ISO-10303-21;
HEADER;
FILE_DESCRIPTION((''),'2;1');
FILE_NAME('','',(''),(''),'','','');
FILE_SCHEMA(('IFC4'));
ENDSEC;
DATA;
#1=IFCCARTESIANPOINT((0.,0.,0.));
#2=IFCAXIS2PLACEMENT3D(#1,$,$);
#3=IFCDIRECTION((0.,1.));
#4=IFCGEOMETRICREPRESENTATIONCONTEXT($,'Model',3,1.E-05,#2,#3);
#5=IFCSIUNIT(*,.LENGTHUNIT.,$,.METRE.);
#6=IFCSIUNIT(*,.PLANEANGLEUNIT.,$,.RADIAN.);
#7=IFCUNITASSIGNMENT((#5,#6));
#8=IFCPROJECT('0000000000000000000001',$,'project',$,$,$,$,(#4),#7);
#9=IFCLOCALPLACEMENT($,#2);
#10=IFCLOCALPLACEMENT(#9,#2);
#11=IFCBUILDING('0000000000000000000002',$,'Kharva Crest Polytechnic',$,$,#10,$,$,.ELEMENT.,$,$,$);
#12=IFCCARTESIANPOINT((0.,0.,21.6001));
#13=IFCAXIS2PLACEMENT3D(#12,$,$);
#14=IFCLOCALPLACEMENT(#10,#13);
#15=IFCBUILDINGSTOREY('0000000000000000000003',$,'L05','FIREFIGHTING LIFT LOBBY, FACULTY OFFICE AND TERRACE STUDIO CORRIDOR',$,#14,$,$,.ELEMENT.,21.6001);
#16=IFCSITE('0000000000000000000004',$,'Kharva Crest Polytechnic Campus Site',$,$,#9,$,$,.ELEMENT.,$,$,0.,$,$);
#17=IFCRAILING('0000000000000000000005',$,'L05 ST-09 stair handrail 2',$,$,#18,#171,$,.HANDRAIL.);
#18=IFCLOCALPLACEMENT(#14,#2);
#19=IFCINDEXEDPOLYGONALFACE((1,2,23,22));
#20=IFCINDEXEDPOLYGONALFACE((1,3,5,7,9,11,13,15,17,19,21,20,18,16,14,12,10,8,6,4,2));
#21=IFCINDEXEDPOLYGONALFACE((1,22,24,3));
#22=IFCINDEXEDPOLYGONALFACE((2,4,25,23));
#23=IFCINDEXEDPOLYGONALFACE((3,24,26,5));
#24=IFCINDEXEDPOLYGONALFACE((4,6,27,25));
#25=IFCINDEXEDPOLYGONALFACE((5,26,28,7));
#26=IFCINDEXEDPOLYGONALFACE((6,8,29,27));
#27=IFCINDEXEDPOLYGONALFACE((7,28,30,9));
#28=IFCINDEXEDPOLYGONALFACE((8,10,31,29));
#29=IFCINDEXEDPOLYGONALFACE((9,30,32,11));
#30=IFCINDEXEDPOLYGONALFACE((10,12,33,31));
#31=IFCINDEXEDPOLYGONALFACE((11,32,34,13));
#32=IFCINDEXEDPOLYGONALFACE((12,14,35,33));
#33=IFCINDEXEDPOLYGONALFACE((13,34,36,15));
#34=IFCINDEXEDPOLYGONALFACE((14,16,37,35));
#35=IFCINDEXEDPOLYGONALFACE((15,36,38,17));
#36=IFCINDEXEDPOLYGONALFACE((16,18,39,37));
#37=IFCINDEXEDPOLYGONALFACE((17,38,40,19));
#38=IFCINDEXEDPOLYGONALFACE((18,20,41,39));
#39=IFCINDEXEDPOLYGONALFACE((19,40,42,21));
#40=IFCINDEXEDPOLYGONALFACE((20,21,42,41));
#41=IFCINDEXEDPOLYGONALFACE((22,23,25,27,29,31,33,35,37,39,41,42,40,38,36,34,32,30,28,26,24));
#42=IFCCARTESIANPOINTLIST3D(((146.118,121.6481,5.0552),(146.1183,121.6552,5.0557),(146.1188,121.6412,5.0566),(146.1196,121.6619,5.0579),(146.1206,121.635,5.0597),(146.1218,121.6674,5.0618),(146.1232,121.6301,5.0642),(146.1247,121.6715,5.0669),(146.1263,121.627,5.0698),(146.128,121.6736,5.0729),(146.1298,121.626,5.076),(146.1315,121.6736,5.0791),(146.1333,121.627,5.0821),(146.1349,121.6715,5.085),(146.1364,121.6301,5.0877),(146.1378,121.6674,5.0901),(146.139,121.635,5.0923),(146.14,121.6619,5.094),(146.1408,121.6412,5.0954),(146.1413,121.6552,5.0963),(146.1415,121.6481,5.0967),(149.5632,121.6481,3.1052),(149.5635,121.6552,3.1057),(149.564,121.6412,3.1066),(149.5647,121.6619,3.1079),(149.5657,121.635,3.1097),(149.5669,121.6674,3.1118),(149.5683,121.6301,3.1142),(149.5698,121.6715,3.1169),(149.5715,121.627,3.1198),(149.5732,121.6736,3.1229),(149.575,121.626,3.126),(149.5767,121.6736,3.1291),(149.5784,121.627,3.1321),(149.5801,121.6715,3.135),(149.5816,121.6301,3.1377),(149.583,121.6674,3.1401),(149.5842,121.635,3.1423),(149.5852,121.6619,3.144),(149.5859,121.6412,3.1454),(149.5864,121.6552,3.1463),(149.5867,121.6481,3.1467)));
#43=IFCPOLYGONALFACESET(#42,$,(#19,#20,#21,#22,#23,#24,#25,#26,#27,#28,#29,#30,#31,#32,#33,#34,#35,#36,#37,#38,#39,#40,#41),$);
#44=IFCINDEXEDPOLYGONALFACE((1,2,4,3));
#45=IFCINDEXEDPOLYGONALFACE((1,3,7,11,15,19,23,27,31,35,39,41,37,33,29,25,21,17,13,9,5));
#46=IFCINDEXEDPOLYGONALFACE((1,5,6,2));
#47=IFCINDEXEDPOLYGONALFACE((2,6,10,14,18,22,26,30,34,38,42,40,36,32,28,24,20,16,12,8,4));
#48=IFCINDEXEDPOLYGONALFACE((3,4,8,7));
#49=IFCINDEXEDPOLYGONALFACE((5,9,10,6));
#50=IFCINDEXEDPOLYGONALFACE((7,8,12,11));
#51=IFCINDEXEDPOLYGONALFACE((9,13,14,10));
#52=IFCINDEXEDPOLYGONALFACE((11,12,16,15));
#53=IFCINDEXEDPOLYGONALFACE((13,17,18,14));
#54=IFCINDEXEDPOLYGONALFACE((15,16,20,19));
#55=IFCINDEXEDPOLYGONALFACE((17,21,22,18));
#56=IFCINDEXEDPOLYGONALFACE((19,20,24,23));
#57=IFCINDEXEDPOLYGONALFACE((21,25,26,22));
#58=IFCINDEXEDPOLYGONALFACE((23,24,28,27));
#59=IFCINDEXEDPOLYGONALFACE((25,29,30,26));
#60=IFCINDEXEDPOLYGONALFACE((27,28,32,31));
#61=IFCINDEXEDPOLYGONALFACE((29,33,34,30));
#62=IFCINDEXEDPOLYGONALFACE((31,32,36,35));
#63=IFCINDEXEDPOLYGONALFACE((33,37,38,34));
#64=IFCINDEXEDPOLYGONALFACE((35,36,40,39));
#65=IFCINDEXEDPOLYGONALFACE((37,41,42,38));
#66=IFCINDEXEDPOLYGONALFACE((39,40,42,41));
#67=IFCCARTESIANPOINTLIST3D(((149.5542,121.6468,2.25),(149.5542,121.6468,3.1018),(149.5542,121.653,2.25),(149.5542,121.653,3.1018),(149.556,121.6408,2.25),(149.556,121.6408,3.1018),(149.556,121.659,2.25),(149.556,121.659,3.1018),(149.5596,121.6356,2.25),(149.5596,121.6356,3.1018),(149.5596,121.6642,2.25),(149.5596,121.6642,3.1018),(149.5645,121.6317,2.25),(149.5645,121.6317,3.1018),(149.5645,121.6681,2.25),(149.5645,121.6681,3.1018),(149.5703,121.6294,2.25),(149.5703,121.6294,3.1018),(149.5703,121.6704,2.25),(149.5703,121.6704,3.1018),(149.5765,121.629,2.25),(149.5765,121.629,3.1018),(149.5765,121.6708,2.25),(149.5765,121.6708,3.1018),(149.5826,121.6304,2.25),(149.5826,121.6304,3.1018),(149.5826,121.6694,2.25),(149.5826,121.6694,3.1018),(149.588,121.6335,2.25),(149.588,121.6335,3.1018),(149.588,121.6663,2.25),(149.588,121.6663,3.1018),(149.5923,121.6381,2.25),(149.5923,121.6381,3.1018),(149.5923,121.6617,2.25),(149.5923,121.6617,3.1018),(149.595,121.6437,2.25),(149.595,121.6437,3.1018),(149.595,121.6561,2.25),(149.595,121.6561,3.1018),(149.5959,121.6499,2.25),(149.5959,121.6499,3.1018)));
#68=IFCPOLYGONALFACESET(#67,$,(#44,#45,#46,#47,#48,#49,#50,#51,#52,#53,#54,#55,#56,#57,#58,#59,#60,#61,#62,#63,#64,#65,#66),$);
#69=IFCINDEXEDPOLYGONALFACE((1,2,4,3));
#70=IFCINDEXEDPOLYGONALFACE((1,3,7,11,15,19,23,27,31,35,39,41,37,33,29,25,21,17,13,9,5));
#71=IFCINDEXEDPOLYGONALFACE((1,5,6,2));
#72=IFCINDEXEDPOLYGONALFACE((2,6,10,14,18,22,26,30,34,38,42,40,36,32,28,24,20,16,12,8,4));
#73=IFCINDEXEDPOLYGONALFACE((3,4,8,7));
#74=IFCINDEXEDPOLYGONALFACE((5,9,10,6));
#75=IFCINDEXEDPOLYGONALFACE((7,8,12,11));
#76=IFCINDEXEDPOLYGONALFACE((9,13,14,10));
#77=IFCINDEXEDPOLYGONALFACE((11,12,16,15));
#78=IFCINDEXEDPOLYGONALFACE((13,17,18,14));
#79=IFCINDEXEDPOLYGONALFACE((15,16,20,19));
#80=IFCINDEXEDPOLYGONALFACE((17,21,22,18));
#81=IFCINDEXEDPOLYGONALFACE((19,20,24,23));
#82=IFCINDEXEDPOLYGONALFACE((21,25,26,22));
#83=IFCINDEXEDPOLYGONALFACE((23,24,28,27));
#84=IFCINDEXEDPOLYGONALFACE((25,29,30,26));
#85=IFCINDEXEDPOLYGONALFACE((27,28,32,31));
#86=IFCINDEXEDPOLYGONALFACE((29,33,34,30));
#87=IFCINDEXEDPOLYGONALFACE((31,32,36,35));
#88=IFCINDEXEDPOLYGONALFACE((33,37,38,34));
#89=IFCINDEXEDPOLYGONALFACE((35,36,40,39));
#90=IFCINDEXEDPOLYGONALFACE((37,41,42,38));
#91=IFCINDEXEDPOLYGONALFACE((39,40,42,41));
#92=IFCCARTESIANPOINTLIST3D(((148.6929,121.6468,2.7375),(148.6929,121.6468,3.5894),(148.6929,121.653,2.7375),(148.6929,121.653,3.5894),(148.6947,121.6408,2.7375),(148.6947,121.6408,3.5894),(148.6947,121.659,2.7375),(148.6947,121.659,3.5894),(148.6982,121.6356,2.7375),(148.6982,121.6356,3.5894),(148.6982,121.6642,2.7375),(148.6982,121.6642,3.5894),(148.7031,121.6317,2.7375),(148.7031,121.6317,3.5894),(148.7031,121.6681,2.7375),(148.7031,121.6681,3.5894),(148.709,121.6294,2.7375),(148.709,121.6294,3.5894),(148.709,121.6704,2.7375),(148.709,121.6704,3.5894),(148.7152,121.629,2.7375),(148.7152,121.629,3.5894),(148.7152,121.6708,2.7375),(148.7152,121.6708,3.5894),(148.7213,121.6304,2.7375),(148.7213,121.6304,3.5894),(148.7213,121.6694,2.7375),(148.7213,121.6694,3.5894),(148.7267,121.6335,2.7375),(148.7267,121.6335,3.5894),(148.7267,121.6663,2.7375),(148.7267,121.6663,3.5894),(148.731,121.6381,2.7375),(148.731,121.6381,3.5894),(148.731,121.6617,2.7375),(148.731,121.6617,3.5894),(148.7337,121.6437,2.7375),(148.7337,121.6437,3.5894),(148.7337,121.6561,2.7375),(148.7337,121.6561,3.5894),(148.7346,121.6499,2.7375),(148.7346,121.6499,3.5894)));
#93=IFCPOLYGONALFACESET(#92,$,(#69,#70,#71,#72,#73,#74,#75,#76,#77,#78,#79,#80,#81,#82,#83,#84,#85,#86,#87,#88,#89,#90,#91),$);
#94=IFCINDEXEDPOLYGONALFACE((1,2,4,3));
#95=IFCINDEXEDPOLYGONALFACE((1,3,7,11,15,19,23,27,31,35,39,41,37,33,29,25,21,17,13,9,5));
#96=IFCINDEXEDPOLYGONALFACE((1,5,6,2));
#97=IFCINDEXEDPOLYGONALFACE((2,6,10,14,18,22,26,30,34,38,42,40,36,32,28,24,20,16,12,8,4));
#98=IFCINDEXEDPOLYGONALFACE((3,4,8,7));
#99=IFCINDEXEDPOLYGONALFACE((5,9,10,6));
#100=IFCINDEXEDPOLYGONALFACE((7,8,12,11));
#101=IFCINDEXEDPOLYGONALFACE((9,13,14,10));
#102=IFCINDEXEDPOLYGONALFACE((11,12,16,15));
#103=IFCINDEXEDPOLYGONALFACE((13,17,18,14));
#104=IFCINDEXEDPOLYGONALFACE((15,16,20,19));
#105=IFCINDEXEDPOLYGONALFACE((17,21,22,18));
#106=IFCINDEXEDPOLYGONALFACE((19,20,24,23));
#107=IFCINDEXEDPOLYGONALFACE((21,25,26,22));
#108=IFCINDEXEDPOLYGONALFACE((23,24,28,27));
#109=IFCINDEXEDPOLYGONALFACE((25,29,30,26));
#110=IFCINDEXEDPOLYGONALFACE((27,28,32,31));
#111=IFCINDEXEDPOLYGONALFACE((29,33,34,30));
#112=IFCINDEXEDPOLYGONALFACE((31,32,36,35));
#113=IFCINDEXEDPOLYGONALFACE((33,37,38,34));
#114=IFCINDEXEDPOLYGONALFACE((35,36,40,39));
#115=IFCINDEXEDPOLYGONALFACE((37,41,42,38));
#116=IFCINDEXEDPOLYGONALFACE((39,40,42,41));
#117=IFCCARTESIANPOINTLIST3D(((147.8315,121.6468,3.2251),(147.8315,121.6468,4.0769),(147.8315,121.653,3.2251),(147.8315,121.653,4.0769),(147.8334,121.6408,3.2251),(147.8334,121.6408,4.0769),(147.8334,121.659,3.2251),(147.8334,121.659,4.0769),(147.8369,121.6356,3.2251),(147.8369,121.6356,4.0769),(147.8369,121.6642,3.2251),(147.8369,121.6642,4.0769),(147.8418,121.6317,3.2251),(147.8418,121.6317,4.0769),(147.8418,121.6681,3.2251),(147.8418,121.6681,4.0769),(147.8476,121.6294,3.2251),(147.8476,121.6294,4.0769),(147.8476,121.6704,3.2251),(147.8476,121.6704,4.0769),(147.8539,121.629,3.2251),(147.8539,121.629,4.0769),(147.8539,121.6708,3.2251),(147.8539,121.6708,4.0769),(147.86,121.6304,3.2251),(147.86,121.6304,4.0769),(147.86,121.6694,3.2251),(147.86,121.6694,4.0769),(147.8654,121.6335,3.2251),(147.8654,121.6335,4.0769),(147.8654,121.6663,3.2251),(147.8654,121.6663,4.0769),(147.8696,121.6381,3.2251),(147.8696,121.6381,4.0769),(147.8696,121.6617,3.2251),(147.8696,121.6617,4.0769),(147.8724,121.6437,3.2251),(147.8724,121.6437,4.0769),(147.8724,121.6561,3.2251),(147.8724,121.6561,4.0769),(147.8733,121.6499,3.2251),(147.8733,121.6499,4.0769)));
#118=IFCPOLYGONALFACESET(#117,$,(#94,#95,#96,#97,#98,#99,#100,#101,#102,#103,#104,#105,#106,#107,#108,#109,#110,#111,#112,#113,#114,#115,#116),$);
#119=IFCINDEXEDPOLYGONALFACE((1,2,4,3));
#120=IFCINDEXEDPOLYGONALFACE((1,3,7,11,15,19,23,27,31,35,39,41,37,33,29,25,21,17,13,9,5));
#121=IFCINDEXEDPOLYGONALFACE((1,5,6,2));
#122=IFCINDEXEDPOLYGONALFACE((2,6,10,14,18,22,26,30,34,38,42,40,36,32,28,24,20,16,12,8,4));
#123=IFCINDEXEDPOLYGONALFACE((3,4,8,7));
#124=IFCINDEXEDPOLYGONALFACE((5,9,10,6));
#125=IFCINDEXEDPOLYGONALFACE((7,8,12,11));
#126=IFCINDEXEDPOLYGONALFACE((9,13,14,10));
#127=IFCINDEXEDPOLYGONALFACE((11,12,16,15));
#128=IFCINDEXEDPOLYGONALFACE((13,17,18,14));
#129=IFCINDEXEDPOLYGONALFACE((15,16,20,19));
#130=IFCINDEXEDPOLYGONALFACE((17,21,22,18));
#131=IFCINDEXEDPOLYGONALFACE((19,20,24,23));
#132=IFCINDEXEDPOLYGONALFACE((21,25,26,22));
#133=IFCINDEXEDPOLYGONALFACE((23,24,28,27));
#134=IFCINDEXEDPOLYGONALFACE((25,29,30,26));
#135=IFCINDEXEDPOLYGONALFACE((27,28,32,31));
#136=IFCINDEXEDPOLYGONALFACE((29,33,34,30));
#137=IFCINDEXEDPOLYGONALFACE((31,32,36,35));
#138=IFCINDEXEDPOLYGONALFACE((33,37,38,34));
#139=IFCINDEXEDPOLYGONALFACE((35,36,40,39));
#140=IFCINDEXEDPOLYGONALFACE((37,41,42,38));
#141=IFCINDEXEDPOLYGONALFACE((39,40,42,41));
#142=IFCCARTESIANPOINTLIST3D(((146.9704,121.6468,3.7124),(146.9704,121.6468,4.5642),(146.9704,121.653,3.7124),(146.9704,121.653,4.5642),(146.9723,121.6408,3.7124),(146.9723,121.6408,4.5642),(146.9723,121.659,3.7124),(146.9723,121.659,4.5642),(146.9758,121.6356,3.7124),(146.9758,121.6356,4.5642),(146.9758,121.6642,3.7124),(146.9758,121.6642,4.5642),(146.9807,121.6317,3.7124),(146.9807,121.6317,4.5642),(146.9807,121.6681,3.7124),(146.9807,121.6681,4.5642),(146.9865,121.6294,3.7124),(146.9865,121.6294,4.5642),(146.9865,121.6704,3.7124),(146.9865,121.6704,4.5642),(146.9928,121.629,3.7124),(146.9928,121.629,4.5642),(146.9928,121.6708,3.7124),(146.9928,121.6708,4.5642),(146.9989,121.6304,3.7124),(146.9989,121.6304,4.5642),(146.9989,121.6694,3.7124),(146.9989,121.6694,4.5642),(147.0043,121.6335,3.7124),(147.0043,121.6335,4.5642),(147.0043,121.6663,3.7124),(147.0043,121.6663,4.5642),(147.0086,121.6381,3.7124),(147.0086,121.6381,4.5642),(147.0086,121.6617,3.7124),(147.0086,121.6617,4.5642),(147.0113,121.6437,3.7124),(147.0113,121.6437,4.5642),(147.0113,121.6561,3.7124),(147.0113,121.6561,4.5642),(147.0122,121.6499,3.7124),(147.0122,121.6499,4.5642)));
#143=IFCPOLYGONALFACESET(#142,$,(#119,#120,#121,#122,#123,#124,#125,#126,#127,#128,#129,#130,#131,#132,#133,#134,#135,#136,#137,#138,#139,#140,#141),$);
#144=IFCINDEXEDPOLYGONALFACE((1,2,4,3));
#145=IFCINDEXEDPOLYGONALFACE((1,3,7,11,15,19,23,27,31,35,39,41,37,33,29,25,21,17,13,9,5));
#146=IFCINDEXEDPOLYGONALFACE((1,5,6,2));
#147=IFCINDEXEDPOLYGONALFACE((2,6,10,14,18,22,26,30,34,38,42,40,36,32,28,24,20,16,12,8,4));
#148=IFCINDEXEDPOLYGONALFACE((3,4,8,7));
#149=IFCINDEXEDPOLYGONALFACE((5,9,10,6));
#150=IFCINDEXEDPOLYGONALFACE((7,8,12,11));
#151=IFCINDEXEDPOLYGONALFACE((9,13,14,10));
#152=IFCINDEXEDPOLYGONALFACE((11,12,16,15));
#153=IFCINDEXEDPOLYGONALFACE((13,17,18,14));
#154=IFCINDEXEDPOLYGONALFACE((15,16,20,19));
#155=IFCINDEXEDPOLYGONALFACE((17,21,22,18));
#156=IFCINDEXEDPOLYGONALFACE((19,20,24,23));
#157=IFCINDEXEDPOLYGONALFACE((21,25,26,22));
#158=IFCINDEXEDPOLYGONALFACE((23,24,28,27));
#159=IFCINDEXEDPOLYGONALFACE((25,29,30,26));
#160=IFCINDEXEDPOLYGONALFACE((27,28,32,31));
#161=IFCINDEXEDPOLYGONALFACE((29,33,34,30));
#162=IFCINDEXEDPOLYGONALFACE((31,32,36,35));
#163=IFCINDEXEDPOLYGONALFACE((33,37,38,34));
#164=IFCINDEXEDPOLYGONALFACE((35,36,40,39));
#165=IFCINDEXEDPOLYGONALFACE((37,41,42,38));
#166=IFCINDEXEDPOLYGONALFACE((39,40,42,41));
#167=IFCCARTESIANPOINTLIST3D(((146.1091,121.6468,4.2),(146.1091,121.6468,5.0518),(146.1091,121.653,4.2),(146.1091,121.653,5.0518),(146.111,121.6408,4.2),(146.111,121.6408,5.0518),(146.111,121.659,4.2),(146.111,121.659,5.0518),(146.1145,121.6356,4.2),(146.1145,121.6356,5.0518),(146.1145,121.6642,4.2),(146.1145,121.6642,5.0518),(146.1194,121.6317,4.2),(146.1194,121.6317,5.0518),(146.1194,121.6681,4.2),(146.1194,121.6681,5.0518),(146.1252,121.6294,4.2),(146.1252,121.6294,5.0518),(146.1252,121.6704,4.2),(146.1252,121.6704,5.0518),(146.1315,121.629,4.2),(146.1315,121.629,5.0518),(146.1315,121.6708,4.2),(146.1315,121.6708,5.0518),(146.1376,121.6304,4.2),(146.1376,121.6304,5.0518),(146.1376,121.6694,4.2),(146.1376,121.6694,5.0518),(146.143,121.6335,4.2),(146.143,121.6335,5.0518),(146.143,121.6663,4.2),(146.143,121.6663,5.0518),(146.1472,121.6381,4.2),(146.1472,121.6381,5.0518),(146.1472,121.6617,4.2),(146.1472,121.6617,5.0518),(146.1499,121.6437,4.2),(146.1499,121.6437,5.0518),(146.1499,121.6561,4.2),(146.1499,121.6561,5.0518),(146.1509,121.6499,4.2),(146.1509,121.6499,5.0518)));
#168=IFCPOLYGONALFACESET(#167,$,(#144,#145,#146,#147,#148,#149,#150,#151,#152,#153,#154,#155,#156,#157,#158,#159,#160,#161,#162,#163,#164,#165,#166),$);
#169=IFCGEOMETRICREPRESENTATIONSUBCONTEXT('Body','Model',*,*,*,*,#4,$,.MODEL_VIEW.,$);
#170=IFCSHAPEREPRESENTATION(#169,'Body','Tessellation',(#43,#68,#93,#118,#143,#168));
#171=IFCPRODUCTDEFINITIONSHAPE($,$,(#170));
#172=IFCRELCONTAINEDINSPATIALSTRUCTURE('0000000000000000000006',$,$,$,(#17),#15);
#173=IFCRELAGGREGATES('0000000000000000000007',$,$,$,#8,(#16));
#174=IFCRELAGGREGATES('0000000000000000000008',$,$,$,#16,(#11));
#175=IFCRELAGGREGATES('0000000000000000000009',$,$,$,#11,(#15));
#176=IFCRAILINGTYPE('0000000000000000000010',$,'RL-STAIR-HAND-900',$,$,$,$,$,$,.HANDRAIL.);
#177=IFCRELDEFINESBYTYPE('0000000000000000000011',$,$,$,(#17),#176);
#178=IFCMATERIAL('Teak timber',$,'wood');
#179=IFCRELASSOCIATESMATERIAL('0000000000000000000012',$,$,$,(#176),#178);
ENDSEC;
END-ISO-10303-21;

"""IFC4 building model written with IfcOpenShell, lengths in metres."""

from ifc_helpers import new_model, si_unit, direction, frame, origin, origin_2d, place, context, subcontext, project, spatial, circle, extrude, material, type_object, element, save


model = new_model("IFC4")

# Units and contexts
model_context = context("Model", 3, precision=1e-05, world=origin(), true_north=direction((0.0, 1.0)))
body_context = subcontext(model_context, "Body", "Model", "MODEL_VIEW")
ifc_project = project(units=[si_unit("LENGTHUNIT", "METRE"), si_unit("PLANEANGLEUNIT", "RADIAN")], contexts=[model_context])

# Site, building, storey
site_placement = place(None, origin())
site = spatial("IfcSite", under=ifc_project, at=site_placement, Name="Kharva Crest Polytechnic Campus Site", CompositionType="ELEMENT", RefElevation=0.0)
building_placement = place(site_placement, origin())
building = spatial("IfcBuilding", under=site, at=building_placement, Name="Kharva Crest Polytechnic", CompositionType="ELEMENT")
storey_placement = place(building_placement, frame((0.0, 0.0, 21.6001)))
storey = spatial("IfcBuildingStorey", under=building, at=storey_placement, Name="L05", Description="FIREFIGHTING LIFT LOBBY, FACULTY OFFICE AND TERRACE STUDIO CORRIDOR", CompositionType="ELEMENT", Elevation=21.6001)

# Shared definitions
ifc_material_1 = material(Name="Teak timber", Category="wood")

# Railing
railing_type_1 = type_object("IfcRailingType", Name="RL-STAIR-HAND-900", PredefinedType="HANDRAIL", material=ifc_material_1)
railing_1_placement = place(storey_placement, frame((149.575, 121.6499, 2.25)))
element("IfcRailing", 1, at=railing_1_placement, inside=storey, type_object=railing_type_1, Name="L05 ST-09 stair handrail 2", PredefinedType="HANDRAIL", context=body_context, shape_type="SweptSolid", body=[
    extrude(circle(Radius=0.0239, at=origin_2d()), frame((0.0, 0.0, 0.876), z_axis=(-0.870266, 0.0, 0.492581), x_axis=(0.0, -1.0, 0.0)), (0.0, 0.0, 1.0), 3.9587),
    extrude(circle(Radius=0.021, at=origin_2d()), origin(), (0.0, 0.0, 1.0), 0.8518),
    extrude(circle(Radius=0.021, at=origin_2d()), frame((-0.8613, 0.0, 0.4875)), (0.0, 0.0, 1.0), 0.8518),
    extrude(circle(Radius=0.021, at=origin_2d()), frame((-1.7227, 0.0, 0.9751)), (0.0, 0.0, 1.0), 0.8518),
    extrude(circle(Radius=0.021, at=origin_2d()), frame((-2.5837, 0.0, 1.4624)), (0.0, 0.0, 1.0), 0.8518),
    extrude(circle(Radius=0.021, at=origin_2d()), frame((-3.4451, 0.0, 1.95)), (0.0, 0.0, 1.0), 0.8518),
])

save(model, "model.ifc")
